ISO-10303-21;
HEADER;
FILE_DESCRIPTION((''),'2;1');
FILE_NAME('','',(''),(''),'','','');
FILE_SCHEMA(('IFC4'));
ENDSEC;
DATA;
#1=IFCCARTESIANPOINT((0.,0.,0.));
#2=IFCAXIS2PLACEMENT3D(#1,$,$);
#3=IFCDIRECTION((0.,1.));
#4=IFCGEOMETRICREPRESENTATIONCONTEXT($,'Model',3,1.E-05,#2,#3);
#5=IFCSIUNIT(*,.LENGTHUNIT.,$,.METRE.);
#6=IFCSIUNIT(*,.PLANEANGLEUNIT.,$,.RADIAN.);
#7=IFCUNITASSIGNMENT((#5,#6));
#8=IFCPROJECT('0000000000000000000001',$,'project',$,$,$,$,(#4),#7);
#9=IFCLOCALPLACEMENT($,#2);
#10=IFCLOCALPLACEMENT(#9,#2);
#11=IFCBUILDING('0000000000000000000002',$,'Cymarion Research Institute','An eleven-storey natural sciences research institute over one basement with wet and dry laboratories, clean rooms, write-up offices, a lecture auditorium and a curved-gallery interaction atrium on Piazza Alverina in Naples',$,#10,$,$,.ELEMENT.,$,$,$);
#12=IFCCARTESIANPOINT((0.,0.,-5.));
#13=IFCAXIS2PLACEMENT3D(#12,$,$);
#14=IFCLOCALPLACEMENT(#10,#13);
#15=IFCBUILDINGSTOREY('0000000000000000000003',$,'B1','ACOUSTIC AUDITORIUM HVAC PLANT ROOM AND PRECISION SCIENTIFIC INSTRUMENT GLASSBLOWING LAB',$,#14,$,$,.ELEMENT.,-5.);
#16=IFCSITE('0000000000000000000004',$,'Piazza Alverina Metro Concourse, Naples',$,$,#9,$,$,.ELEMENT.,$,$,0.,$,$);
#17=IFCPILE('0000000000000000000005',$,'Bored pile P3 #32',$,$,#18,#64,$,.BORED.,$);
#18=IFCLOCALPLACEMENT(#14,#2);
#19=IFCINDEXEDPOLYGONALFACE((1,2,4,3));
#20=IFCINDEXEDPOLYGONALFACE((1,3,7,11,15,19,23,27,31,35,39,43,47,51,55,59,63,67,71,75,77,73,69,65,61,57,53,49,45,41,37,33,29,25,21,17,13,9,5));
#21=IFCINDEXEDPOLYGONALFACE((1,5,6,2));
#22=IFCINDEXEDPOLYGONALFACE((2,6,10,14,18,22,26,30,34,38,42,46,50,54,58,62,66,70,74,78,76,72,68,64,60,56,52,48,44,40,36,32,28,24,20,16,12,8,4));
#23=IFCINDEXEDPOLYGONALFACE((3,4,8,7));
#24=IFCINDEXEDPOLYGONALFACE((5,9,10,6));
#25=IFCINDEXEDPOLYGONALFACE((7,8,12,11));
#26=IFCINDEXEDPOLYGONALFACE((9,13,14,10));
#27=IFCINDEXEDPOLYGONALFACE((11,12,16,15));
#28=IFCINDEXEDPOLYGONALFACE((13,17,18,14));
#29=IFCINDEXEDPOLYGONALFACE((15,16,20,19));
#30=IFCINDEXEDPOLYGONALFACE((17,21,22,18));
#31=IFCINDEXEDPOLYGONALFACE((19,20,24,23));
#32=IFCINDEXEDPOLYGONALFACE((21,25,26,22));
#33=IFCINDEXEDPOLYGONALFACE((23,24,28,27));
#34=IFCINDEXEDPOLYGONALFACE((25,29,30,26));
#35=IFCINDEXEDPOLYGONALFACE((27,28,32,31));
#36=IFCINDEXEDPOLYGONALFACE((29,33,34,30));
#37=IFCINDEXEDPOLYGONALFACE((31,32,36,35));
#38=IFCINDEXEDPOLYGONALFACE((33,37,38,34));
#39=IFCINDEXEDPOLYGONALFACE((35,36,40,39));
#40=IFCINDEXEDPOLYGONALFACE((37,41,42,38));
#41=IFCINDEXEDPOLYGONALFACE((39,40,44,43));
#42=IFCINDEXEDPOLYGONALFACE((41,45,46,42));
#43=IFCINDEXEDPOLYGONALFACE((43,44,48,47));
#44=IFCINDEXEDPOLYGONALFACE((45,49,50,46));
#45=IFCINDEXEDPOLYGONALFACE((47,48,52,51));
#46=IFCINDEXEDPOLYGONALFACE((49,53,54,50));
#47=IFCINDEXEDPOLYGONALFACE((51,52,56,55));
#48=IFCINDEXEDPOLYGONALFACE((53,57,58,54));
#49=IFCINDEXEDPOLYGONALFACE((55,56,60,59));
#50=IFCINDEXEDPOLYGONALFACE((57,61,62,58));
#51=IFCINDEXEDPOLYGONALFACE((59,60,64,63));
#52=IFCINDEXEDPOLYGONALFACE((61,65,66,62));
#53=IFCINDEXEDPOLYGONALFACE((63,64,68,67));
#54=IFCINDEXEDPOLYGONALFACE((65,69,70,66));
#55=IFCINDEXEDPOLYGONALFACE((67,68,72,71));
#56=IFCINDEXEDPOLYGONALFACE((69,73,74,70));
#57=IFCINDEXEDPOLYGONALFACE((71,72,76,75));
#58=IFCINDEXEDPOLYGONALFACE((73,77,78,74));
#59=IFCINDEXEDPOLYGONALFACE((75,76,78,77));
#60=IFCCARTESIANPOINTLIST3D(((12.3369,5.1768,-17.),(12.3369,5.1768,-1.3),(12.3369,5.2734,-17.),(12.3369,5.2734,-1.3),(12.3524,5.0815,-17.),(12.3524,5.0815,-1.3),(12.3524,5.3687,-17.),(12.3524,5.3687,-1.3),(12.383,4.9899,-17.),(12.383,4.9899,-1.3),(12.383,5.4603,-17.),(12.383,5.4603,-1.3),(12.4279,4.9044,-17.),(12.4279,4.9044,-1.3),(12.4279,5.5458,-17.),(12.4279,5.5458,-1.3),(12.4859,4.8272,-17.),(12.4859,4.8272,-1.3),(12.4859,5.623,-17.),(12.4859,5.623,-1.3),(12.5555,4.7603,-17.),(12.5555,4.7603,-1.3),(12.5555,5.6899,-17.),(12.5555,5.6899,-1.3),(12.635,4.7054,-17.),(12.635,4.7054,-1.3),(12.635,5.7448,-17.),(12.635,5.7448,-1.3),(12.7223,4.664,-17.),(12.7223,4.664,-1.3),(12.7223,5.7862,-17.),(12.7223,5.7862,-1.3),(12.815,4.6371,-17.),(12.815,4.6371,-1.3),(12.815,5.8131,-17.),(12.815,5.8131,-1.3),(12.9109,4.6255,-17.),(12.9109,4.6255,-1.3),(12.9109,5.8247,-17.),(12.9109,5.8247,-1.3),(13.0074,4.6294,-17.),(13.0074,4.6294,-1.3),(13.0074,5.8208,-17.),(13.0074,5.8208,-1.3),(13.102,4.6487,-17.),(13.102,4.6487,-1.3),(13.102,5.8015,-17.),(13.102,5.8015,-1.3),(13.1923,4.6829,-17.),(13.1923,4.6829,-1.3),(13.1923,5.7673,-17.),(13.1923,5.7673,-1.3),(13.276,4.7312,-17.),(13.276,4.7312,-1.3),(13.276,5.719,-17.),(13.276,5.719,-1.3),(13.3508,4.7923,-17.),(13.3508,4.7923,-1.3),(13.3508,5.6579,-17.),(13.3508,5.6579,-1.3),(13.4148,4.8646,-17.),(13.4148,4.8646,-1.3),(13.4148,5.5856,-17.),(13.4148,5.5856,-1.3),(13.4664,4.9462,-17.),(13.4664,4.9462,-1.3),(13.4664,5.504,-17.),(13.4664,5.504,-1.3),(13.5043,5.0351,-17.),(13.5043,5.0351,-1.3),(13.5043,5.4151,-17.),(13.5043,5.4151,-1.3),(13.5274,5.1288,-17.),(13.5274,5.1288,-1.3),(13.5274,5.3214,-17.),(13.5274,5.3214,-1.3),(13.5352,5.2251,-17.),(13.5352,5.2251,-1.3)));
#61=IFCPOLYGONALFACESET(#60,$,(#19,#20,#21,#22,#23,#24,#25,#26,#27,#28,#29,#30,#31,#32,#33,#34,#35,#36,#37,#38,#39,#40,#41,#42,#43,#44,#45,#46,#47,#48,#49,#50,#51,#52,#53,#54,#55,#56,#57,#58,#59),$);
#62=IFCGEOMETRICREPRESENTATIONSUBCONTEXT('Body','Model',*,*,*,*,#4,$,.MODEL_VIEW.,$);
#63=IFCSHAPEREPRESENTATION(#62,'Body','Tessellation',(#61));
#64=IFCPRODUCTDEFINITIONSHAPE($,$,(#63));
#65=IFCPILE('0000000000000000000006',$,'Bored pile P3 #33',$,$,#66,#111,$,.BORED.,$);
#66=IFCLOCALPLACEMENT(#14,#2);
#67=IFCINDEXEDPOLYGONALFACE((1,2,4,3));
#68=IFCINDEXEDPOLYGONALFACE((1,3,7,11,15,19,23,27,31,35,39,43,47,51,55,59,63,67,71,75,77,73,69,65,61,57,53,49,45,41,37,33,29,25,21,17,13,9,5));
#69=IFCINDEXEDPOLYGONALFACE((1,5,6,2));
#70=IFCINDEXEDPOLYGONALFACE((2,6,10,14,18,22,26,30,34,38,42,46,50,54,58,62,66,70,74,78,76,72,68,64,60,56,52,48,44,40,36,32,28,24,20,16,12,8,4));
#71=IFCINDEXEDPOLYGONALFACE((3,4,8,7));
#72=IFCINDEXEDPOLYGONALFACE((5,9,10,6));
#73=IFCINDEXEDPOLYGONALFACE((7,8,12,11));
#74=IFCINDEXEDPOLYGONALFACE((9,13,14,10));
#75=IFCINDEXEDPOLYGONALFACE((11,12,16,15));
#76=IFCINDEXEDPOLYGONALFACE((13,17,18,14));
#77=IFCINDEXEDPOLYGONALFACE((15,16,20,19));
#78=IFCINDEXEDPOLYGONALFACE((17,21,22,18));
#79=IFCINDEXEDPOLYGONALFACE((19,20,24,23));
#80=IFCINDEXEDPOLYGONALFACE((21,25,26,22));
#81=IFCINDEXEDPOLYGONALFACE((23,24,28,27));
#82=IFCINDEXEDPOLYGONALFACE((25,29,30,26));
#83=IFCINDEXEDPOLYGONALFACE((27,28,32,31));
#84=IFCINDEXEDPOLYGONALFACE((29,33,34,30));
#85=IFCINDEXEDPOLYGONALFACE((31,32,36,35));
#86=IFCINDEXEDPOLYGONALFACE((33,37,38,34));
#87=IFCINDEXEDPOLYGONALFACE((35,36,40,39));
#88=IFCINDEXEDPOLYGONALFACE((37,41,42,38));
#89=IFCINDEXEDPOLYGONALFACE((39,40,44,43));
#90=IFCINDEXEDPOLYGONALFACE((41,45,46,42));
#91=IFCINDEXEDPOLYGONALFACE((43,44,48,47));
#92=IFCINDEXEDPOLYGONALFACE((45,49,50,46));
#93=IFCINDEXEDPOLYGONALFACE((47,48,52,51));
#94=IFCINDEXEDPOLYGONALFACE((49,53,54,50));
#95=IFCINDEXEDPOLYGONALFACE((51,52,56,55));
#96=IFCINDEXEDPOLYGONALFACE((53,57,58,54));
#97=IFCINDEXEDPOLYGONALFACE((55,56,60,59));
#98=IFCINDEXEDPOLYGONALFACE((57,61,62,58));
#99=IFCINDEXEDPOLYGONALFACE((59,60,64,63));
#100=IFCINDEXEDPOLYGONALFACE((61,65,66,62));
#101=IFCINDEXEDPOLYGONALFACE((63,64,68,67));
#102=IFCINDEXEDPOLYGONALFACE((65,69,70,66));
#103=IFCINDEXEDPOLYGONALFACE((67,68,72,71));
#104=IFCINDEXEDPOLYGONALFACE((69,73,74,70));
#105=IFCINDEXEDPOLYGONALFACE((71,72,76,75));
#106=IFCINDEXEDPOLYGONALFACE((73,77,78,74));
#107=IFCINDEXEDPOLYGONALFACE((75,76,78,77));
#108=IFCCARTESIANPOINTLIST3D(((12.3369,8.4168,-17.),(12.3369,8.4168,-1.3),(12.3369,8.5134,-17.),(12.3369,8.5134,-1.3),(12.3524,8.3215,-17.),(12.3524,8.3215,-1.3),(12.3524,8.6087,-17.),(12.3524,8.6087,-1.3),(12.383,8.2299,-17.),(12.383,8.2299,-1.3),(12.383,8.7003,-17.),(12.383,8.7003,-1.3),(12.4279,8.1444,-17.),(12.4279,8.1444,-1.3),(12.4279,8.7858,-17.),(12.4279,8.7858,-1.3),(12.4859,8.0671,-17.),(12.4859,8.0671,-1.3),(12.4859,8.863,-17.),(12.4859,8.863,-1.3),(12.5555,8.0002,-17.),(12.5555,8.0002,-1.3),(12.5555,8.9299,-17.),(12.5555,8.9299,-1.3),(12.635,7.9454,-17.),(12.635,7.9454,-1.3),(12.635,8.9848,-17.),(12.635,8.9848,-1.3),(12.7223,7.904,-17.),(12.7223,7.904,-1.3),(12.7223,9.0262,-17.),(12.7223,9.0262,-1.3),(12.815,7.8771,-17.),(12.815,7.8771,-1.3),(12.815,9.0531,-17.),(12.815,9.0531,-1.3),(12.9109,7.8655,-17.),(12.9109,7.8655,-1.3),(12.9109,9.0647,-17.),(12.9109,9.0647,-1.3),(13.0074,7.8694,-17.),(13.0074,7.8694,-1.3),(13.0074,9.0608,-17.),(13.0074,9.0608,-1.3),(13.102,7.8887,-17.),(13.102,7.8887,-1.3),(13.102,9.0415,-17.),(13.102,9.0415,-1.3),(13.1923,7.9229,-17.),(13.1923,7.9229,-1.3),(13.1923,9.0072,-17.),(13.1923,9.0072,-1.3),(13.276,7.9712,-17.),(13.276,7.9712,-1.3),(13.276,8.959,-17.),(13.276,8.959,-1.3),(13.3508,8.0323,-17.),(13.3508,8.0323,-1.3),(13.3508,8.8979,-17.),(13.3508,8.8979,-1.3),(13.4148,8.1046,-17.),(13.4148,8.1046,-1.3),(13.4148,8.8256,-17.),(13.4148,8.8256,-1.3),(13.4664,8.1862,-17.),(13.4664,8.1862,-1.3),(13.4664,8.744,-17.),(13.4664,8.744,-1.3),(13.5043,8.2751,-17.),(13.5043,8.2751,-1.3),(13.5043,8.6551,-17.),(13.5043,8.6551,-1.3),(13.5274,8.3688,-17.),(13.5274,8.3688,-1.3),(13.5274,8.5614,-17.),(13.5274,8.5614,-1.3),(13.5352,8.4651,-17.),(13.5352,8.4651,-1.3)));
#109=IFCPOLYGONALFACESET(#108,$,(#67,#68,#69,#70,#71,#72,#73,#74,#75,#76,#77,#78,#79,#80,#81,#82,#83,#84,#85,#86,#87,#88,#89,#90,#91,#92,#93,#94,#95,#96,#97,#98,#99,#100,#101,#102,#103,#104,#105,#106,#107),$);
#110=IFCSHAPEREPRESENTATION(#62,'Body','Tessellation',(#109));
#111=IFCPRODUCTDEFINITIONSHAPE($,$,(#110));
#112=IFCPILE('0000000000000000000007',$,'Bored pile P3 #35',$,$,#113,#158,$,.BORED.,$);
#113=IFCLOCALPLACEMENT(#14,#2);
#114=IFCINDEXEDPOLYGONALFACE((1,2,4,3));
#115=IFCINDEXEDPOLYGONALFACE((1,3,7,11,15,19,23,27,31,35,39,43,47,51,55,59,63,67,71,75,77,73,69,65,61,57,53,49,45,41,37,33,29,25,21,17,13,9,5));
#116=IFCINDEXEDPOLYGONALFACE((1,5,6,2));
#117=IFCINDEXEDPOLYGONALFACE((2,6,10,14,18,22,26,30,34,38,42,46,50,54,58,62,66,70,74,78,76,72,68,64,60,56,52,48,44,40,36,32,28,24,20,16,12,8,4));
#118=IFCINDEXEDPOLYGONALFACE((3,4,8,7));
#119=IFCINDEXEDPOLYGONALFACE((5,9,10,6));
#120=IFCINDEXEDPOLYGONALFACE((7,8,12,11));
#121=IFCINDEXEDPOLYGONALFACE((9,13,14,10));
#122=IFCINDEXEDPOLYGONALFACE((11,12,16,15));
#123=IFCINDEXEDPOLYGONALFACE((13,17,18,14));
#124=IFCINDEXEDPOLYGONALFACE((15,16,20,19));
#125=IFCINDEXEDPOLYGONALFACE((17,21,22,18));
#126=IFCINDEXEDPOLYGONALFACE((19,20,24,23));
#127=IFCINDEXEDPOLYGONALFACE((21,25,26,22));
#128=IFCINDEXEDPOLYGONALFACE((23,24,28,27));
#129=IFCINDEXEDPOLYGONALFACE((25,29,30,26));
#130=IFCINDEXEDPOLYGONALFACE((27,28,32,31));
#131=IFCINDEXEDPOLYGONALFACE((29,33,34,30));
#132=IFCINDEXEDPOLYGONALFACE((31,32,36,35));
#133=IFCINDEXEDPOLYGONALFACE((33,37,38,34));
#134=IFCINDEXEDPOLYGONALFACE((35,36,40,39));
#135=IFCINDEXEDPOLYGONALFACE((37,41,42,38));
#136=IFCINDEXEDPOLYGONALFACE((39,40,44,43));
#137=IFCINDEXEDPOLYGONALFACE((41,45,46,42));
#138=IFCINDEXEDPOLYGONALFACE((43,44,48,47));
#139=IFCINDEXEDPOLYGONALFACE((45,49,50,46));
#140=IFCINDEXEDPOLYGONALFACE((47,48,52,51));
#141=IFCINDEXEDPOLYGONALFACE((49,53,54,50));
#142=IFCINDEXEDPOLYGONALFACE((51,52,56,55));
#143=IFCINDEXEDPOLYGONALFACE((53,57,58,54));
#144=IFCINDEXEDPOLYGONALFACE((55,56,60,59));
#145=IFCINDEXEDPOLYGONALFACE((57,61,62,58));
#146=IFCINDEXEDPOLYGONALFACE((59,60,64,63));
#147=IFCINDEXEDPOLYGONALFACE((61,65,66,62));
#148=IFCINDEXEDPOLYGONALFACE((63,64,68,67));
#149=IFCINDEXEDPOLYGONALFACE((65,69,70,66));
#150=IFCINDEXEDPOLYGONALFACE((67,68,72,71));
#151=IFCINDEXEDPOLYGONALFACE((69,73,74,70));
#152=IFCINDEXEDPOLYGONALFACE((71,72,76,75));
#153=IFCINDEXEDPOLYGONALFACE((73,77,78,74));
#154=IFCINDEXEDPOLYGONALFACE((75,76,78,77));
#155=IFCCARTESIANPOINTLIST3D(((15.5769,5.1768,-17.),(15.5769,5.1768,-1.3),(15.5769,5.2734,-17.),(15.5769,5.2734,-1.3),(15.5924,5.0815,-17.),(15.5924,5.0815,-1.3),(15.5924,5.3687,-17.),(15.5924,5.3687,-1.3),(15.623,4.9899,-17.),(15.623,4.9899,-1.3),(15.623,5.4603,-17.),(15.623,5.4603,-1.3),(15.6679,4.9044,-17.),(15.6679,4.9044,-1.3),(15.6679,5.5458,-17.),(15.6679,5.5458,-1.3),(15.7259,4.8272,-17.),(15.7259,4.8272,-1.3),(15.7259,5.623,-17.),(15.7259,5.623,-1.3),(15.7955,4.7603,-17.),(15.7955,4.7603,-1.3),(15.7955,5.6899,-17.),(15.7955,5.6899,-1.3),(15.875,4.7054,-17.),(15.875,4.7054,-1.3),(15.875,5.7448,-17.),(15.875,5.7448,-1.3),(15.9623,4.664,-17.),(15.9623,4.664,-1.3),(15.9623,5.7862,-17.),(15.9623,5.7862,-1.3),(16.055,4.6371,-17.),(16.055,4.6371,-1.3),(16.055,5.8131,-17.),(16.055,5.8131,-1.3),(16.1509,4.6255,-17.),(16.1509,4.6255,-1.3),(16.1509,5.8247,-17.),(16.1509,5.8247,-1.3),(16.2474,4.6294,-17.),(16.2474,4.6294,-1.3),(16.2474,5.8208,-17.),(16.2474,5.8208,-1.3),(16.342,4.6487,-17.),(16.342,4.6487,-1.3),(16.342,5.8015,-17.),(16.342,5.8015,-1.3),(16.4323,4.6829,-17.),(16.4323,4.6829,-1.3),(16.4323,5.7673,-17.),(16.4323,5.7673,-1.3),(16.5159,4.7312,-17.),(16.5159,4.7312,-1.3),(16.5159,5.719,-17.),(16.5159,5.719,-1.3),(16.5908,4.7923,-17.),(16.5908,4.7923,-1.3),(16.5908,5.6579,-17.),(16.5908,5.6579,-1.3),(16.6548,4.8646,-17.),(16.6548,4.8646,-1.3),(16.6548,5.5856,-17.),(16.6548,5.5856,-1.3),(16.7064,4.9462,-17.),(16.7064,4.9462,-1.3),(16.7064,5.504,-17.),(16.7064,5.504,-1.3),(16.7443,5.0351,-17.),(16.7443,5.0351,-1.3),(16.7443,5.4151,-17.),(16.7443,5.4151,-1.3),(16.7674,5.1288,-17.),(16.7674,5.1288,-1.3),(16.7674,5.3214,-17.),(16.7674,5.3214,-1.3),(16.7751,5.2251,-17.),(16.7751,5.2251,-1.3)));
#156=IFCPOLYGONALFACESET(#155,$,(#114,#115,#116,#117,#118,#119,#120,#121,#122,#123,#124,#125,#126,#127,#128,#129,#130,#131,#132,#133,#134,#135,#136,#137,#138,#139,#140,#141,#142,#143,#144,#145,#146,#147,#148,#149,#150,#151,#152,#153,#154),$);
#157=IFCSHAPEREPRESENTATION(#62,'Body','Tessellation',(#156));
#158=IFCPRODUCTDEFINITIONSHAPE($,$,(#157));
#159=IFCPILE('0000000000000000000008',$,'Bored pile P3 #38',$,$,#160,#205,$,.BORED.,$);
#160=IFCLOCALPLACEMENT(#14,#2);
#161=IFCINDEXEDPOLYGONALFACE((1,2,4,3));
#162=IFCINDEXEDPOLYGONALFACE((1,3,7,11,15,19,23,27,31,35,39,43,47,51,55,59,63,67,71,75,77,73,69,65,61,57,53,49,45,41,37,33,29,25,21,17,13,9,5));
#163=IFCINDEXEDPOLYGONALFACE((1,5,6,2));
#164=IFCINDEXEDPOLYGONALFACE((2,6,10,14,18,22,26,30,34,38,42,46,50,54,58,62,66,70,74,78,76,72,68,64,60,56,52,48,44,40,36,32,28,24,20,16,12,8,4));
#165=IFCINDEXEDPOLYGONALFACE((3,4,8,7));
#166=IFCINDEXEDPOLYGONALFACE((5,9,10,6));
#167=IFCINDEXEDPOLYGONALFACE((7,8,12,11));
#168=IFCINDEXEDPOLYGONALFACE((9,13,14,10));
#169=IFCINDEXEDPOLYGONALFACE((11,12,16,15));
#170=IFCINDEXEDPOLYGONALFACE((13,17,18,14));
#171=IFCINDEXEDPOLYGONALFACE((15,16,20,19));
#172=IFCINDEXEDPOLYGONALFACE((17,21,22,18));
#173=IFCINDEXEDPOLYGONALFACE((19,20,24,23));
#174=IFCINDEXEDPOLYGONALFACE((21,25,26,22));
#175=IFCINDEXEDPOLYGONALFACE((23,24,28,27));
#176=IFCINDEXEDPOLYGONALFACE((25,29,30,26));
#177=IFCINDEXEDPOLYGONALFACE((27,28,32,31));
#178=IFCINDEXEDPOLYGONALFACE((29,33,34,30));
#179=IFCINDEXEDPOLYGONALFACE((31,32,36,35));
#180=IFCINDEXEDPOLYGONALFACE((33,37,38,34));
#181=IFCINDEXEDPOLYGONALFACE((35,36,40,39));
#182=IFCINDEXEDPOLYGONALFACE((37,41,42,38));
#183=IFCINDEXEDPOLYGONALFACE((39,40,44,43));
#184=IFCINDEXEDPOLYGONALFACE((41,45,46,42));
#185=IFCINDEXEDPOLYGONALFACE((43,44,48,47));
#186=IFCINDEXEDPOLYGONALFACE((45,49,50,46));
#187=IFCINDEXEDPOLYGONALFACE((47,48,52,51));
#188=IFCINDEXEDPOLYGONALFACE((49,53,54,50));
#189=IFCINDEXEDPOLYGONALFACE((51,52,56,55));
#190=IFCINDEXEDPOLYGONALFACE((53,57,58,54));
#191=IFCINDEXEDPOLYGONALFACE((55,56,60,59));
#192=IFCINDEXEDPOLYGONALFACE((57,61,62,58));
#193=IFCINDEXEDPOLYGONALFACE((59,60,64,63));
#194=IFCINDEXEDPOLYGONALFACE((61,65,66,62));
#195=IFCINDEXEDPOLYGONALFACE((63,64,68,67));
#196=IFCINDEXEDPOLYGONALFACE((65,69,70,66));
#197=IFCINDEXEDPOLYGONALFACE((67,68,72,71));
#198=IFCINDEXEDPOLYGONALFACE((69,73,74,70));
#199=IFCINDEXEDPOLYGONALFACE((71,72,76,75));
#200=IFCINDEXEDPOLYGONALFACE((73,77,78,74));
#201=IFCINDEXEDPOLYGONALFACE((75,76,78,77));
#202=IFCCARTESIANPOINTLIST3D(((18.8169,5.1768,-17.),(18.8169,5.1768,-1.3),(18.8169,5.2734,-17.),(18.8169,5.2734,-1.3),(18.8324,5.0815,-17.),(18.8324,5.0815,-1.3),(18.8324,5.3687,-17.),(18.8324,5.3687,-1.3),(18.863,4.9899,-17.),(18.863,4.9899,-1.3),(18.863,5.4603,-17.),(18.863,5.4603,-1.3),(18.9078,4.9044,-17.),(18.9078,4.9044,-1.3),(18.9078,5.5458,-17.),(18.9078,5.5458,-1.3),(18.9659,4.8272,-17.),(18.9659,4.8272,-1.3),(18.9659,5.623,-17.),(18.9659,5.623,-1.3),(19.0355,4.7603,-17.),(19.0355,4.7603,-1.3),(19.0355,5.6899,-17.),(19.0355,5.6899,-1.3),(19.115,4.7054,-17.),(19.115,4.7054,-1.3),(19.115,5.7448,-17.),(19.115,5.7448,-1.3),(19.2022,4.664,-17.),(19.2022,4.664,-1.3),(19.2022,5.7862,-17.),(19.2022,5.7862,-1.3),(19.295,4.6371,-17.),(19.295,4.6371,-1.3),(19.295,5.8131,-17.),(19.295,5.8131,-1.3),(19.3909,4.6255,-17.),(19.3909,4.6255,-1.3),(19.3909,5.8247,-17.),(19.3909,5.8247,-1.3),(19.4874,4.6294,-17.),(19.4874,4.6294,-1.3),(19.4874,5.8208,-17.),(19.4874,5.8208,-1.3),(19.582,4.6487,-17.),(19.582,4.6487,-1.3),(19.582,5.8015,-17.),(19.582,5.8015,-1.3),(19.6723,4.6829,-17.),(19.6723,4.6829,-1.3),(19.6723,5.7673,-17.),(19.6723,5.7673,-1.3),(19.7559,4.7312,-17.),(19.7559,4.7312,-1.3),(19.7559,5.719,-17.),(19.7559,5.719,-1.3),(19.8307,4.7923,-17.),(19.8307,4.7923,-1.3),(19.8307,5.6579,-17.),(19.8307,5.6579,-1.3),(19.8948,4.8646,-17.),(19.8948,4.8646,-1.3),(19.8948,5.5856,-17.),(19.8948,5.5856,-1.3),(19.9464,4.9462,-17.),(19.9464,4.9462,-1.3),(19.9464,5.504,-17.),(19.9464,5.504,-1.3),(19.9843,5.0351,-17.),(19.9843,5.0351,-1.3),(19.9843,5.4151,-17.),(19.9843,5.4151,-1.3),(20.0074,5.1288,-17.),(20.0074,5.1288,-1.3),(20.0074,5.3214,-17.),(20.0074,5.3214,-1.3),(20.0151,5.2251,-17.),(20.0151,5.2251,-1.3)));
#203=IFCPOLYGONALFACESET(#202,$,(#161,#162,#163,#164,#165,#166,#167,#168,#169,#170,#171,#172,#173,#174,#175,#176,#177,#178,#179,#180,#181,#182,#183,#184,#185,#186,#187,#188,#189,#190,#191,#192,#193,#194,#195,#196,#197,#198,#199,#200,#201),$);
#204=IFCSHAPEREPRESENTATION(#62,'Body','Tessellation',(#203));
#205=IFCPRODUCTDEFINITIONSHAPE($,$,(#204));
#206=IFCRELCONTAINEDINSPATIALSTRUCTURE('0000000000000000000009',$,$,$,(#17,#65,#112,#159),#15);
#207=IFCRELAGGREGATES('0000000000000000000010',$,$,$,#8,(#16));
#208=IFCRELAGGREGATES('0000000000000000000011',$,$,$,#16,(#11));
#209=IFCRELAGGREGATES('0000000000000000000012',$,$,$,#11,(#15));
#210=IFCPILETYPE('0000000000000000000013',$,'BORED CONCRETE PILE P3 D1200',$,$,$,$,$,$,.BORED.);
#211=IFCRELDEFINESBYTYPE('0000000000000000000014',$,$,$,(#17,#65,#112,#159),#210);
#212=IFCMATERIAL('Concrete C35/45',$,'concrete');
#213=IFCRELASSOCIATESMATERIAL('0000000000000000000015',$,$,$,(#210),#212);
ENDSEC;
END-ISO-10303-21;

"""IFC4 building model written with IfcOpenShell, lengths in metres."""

from ifc_helpers import new_model, si_unit, direction, frame, origin, origin_2d, place, context, subcontext, project, spatial, circle, extrude, material, material_profile, profile_set, type_object, element, save


model = new_model("IFC4")

# Units and contexts
model_context = context("Model", 3, precision=1e-05, world=origin(), true_north=direction((0.0, 1.0)))
body_context = subcontext(model_context, "Body", "Model", "MODEL_VIEW")
ifc_project = project(units=[si_unit("LENGTHUNIT", "METRE"), si_unit("PLANEANGLEUNIT", "RADIAN")], contexts=[model_context])

# Site, building, storey
site_placement = place(None, origin())
site = spatial("IfcSite", under=ifc_project, at=site_placement, Name="Piazza Alverina Metro Concourse, Naples", CompositionType="ELEMENT", RefElevation=0.0)
building_placement = place(site_placement, origin())
building = spatial("IfcBuilding", under=site, at=building_placement, Name="Cymarion Research Institute", Description="An eleven-storey natural sciences research institute over one basement with wet and dry laboratories, clean rooms, write-up offices, a lecture auditorium and a curved-gallery interaction atrium on Piazza Alverina in Naples", CompositionType="ELEMENT")
storey_placement = place(building_placement, frame((0.0, 0.0, -5.0)))
storey = spatial("IfcBuildingStorey", under=building, at=storey_placement, Name="B1", Description="ACOUSTIC AUDITORIUM HVAC PLANT ROOM AND PRECISION SCIENTIFIC INSTRUMENT GLASSBLOWING LAB", CompositionType="ELEMENT", Elevation=-5.0)

# Piles
ifc_material_1 = material(Name="Concrete C35/45", Category="concrete")
ifc_material_profile_1 = material_profile(ifc_material_1, circle(Radius=0.6001, at=origin_2d()), Name="BORED PILE D1200")
ifc_profile_set_1 = profile_set([ifc_material_profile_1], Name="Concrete C35/45")
pile_type = type_object("IfcPileType", Name="BORED CONCRETE PILE P3 D1200", PredefinedType="BORED", material=ifc_profile_set_1)
for number, where, z_axis, x_axis, name in (
    (1, (12.9351, 5.2251, -1.3), (0.0, 0.0, -1.0), (1.0, 0.0, 0.0), "Bored pile P3 #32"),
    (2, (12.9351, 8.4651, -1.3), (0.0, 0.0, -1.0), (1.0, 0.0, 0.0), "Bored pile P3 #33"),
    (3, (16.175, 5.2251, -1.3), (0.0, 0.0, -1.0), (1.0, 0.0, 0.0), "Bored pile P3 #35"),
    (4, (19.415, 5.2251, -1.3), (0.0, 0.0, -1.0), (1.0, 0.0, 0.0), "Bored pile P3 #38"),
):
    element("IfcPile", number, at=place(storey_placement, frame(where, z_axis=z_axis, x_axis=x_axis)), inside=storey, type_object=pile_type, Name=name, PredefinedType="BORED", context=body_context, shape_type="SweptSolid", body=[
        extrude(circle(Radius=0.6001, at=origin_2d()), origin(), (0.0, 0.0, 1.0), 15.7),
    ])

save(model, "model.ifc")
